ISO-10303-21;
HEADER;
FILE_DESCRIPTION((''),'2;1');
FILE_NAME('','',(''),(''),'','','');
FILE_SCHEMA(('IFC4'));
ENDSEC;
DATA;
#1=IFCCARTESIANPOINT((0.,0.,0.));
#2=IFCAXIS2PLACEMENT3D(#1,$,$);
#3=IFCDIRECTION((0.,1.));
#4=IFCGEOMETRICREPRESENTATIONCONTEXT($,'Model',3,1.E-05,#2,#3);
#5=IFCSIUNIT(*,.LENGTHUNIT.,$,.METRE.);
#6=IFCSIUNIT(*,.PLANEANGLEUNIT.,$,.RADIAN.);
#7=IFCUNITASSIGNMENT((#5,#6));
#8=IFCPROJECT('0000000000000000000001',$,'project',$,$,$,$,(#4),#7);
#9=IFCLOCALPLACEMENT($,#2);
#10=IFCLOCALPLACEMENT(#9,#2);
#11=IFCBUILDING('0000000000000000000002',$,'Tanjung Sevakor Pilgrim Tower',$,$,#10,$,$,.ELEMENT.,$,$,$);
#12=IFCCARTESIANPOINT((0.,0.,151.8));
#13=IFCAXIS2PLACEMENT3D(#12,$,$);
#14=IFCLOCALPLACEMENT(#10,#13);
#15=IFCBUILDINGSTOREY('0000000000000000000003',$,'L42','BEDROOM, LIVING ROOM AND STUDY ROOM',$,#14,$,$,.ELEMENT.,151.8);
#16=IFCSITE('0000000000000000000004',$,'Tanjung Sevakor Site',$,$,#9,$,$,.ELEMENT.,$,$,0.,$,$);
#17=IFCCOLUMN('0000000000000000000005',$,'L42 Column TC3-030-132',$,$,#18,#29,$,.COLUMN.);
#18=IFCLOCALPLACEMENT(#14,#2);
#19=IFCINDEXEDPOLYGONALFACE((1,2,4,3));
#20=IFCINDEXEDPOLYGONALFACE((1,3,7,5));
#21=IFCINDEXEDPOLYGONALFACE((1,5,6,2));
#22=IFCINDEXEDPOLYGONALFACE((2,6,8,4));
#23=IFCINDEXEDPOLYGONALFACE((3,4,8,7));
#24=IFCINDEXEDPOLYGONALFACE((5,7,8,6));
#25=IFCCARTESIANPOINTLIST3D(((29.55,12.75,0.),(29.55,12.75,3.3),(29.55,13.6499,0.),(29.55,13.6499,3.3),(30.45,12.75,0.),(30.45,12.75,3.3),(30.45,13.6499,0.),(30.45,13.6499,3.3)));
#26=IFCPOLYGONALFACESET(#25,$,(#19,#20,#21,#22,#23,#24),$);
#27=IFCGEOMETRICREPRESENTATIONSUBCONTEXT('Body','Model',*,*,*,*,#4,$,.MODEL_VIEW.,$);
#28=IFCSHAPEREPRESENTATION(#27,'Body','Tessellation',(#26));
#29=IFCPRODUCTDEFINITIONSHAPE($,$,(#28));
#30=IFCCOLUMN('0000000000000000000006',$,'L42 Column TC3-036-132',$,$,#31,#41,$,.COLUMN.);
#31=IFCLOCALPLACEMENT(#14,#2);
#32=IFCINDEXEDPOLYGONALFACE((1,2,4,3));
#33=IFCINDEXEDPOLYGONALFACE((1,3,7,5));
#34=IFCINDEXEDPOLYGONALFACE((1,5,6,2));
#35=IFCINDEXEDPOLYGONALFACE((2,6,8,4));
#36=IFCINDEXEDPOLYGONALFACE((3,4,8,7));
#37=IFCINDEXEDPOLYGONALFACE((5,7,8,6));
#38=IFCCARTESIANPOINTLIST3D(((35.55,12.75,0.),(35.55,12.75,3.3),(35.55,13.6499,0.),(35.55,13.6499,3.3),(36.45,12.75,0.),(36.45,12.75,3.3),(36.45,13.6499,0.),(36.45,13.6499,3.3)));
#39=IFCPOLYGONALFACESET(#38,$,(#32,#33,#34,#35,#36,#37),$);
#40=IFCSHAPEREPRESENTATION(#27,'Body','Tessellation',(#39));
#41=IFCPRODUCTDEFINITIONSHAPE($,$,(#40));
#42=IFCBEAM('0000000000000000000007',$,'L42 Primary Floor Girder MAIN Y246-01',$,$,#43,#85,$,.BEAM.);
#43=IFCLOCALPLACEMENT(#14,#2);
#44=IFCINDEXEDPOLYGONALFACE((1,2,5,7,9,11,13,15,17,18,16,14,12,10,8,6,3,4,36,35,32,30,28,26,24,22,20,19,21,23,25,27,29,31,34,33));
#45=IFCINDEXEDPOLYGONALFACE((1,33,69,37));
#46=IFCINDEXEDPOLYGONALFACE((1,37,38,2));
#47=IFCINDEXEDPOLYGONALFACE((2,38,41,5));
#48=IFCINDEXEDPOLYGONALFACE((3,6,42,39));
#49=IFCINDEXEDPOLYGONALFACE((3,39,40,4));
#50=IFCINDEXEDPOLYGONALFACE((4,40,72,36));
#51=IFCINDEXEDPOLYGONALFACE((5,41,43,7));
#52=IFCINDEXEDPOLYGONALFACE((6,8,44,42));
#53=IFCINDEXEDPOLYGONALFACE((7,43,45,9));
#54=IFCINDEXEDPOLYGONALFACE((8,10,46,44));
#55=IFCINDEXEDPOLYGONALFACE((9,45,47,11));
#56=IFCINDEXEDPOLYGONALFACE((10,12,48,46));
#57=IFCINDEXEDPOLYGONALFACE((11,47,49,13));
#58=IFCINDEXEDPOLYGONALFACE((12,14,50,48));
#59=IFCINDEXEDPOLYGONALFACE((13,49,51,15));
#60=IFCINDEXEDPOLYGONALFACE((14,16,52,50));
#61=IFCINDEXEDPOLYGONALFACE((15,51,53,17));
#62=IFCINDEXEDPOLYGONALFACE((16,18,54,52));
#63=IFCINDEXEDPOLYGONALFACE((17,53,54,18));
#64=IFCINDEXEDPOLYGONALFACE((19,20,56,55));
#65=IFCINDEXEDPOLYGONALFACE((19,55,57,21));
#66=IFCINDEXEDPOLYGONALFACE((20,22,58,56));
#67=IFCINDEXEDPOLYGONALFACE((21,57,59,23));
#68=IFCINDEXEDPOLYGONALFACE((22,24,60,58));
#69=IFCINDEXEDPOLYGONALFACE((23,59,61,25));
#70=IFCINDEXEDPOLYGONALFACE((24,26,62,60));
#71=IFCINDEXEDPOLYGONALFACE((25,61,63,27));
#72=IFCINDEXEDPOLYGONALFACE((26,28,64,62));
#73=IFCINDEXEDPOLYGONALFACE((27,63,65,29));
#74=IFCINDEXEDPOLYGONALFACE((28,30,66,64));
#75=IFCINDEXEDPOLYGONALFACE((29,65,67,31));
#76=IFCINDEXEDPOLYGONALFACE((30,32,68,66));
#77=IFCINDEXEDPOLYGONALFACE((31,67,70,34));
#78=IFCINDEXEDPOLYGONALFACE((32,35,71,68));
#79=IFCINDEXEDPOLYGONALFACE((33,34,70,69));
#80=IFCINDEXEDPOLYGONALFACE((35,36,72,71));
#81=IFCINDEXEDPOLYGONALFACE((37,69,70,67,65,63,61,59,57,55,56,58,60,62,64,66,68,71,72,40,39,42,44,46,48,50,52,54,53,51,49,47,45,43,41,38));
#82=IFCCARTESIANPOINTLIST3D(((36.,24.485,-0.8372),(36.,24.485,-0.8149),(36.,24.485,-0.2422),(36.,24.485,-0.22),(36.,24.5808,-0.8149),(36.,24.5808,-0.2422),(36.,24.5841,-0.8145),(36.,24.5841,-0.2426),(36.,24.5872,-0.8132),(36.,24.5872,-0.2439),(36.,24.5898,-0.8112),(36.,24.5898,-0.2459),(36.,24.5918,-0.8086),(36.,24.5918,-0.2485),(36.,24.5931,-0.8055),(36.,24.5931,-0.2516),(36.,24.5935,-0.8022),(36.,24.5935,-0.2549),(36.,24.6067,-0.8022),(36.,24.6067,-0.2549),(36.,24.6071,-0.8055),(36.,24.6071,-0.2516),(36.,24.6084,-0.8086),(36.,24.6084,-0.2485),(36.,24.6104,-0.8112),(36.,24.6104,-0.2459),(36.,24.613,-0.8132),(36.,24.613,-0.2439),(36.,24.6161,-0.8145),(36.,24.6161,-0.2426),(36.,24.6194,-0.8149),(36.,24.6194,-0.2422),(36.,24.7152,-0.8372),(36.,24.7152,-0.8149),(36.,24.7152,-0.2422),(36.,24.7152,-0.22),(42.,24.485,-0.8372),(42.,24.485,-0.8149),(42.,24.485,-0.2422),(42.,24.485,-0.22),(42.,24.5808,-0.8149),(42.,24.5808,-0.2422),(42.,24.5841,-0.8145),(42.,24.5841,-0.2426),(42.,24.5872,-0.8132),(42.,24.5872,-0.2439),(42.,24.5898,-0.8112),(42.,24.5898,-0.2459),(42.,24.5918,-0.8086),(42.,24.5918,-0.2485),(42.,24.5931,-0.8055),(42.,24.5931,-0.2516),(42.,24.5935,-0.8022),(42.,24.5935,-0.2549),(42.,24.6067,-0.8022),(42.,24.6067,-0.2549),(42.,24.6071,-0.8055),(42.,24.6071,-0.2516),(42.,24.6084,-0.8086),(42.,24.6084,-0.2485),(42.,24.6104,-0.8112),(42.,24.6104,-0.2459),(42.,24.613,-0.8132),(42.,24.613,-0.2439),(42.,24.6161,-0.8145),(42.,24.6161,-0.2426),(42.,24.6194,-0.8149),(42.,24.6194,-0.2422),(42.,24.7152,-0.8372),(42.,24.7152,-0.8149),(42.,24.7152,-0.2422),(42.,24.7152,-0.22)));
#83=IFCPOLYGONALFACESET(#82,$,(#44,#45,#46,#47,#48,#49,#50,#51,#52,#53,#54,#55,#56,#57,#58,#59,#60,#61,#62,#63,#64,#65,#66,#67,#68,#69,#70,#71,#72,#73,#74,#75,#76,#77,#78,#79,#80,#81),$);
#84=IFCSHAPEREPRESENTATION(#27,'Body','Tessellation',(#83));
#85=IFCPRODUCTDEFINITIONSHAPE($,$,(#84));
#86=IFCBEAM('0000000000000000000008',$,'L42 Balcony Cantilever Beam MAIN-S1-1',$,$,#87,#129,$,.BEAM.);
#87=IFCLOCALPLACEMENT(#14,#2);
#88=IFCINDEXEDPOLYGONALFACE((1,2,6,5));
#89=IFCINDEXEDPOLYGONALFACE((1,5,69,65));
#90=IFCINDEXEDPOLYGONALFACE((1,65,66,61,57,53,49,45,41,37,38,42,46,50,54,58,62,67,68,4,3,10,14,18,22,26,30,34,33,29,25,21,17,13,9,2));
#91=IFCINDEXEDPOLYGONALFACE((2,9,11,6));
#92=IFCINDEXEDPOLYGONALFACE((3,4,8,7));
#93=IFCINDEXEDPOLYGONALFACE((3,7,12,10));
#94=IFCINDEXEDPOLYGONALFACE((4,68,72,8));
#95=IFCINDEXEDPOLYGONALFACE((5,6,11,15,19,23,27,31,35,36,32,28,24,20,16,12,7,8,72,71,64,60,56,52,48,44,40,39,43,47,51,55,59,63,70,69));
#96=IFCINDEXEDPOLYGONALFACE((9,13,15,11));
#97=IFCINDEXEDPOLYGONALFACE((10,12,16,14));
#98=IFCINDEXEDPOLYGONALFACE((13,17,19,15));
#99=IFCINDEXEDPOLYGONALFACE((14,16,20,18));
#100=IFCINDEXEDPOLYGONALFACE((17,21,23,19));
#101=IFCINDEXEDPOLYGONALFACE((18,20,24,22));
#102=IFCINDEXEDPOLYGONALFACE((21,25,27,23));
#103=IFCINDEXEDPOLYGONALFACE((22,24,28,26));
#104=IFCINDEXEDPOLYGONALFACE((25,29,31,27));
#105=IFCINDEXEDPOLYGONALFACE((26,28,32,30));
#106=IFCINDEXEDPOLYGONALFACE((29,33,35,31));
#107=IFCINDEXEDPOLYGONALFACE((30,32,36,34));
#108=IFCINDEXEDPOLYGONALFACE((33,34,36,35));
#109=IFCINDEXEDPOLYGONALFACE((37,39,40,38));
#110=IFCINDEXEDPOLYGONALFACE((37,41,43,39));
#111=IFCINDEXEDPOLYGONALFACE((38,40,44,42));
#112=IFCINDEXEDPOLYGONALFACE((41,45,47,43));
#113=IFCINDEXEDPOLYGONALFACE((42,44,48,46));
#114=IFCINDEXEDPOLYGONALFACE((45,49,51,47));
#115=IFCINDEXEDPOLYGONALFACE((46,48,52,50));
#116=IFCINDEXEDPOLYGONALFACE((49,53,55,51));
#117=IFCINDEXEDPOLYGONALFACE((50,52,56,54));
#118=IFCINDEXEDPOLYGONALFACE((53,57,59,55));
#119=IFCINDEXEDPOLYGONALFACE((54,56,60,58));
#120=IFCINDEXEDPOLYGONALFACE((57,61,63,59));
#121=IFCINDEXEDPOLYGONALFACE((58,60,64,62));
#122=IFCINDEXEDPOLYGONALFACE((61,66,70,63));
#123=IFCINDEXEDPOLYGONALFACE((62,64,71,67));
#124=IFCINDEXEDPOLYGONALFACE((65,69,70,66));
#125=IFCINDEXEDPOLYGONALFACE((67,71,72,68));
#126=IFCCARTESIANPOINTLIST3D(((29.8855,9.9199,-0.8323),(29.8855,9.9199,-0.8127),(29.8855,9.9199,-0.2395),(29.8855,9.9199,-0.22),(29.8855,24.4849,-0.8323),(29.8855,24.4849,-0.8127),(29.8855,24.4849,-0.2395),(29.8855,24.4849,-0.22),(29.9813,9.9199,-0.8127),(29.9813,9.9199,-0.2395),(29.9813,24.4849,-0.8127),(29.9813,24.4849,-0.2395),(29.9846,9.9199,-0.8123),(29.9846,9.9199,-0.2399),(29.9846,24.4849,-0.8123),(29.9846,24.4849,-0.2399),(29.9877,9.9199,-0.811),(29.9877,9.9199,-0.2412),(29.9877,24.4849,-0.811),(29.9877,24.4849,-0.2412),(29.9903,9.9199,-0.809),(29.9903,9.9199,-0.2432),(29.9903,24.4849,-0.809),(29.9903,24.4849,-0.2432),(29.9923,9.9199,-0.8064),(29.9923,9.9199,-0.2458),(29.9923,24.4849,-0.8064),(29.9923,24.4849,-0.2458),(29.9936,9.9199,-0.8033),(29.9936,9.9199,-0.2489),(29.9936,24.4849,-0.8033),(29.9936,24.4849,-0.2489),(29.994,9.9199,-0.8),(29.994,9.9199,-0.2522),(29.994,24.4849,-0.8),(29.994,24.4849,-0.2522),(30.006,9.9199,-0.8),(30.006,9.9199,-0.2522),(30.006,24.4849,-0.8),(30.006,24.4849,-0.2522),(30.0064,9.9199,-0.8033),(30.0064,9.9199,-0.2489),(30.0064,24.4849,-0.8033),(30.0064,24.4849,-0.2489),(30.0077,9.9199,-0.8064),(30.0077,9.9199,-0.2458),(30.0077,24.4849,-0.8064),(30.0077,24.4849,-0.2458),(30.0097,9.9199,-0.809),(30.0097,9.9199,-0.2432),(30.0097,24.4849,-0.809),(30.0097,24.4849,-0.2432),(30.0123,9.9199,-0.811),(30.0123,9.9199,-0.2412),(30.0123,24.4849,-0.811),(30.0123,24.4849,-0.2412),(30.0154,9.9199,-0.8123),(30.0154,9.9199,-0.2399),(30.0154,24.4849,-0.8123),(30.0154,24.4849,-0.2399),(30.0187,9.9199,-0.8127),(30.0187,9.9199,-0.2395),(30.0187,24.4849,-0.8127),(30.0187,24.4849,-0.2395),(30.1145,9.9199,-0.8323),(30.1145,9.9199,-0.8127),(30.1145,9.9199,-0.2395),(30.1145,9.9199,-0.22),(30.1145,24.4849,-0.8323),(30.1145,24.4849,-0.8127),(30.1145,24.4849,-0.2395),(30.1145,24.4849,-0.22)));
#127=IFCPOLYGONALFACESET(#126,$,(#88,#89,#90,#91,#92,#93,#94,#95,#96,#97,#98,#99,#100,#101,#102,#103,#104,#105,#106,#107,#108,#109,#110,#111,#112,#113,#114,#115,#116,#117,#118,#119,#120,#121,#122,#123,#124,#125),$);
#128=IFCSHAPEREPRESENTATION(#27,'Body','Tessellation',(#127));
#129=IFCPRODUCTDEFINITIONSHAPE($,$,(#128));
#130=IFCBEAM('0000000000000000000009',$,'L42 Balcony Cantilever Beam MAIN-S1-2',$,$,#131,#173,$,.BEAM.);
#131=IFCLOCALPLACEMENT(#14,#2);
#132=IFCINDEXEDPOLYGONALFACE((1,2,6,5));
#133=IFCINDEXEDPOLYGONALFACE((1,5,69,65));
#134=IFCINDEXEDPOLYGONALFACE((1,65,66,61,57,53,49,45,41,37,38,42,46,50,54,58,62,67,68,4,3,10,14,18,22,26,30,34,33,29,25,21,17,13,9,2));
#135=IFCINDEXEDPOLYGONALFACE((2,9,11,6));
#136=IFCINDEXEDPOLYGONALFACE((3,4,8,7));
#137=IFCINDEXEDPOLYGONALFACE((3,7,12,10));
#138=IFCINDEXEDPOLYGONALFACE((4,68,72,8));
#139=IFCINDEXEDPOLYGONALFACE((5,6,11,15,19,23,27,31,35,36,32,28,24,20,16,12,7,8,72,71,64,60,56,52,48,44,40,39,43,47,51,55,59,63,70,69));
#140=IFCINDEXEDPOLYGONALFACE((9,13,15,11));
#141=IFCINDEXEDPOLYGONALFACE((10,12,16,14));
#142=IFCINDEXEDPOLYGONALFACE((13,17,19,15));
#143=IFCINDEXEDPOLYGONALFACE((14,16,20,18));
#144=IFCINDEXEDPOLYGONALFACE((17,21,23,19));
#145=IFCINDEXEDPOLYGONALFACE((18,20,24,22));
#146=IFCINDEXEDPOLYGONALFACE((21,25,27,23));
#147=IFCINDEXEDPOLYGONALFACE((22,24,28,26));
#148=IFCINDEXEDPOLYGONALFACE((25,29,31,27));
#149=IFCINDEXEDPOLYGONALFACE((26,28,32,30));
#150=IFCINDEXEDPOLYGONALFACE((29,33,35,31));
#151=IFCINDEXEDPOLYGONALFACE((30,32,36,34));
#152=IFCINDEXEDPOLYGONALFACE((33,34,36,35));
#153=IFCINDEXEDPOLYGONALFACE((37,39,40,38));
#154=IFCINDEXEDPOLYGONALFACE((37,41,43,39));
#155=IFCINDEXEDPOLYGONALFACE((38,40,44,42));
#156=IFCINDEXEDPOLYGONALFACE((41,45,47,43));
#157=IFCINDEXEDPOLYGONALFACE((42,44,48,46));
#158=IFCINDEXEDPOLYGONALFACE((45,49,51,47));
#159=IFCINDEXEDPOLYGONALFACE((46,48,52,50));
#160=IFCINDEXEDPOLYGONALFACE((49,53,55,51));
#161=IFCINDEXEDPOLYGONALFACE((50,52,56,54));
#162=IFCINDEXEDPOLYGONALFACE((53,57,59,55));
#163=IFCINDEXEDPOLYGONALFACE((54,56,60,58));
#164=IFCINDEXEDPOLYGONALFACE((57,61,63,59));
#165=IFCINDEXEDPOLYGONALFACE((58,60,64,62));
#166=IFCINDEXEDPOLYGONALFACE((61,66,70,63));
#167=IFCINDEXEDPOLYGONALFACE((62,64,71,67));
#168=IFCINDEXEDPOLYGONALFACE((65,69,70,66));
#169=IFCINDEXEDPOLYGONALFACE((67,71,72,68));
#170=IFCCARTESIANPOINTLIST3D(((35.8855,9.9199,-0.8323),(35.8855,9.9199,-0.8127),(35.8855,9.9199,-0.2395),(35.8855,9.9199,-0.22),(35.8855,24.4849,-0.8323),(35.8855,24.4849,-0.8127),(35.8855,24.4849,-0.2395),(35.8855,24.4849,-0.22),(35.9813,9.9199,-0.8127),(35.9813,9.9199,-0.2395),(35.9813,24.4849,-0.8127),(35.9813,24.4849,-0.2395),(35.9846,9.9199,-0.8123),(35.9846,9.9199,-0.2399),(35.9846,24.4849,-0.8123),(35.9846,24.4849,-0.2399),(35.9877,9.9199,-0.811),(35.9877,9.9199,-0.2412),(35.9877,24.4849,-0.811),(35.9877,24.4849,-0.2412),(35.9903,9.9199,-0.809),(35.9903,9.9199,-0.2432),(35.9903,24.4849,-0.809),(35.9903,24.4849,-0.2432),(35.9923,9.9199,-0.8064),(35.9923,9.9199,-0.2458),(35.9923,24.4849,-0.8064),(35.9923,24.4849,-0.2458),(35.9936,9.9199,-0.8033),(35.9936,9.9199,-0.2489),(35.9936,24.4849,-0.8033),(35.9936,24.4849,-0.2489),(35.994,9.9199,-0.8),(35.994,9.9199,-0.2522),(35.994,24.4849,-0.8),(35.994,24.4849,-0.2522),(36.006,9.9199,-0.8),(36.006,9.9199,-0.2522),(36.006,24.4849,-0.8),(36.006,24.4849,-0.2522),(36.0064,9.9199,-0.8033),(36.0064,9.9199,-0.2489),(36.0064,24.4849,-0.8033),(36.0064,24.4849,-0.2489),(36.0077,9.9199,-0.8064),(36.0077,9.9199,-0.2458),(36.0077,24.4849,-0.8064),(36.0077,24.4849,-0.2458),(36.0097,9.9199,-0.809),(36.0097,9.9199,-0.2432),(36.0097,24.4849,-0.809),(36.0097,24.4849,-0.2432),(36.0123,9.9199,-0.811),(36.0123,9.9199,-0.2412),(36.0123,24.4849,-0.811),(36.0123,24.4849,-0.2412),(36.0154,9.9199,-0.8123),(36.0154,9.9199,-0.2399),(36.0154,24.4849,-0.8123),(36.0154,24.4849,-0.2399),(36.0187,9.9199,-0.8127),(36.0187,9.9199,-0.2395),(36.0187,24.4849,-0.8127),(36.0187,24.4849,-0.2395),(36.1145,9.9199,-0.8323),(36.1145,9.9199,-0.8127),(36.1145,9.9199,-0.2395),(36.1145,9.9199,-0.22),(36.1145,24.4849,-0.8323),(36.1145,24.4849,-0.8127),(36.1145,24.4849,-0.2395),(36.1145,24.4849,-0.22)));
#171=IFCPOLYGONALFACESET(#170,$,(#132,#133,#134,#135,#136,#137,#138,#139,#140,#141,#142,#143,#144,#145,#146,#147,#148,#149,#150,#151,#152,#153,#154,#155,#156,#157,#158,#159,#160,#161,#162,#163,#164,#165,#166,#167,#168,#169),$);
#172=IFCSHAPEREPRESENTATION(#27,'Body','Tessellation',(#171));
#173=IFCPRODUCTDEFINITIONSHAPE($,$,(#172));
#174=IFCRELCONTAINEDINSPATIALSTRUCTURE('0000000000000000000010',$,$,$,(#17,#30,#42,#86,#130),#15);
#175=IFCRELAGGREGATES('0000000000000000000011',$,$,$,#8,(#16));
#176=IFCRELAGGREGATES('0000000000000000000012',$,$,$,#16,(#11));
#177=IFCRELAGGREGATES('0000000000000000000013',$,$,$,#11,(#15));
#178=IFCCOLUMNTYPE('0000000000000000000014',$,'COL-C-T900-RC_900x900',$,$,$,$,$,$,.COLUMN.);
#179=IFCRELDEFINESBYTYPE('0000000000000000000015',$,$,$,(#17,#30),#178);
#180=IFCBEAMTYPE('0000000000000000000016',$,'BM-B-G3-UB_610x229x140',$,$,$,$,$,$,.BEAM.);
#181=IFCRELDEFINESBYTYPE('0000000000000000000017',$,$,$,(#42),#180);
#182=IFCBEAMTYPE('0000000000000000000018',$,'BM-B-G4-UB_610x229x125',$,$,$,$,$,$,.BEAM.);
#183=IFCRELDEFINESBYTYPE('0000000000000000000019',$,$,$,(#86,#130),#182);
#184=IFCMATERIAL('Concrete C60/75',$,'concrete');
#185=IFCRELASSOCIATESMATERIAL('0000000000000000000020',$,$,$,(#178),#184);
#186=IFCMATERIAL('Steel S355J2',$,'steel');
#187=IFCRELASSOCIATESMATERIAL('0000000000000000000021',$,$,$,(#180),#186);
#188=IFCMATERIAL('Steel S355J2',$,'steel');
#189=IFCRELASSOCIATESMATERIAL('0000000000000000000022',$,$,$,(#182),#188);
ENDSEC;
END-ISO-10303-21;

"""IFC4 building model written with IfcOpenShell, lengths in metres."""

from ifc_helpers import new_model, si_unit, direction, frame, origin, origin_2d, place, context, subcontext, project, spatial, rectangle, i_section, extrude, material, material_profile, profile_set, type_object, element, save


model = new_model("IFC4")

# Units and contexts
model_context = context("Model", 3, precision=1e-05, world=origin(), true_north=direction((0.0, 1.0)))
body_context = subcontext(model_context, "Body", "Model", "MODEL_VIEW")
ifc_project = project(units=[si_unit("LENGTHUNIT", "METRE"), si_unit("PLANEANGLEUNIT", "RADIAN")], contexts=[model_context])

# Site, building, storey
site_placement = place(None, origin())
site = spatial("IfcSite", under=ifc_project, at=site_placement, Name="Tanjung Sevakor Site", CompositionType="ELEMENT", RefElevation=0.0)
building_placement = place(site_placement, origin())
building = spatial("IfcBuilding", under=site, at=building_placement, Name="Tanjung Sevakor Pilgrim Tower", CompositionType="ELEMENT")
storey_placement = place(building_placement, frame((0.0, 0.0, 151.8)))
storey = spatial("IfcBuildingStorey", under=building, at=storey_placement, Name="L42", Description="BEDROOM, LIVING ROOM AND STUDY ROOM", CompositionType="ELEMENT", Elevation=151.8)

# Columns
ifc_material_1 = material(Name="Concrete C60/75", Category="concrete")
ifc_material_profile_1 = material_profile(ifc_material_1, rectangle(XDim=0.8999, YDim=0.8999, at=origin_2d()))
ifc_profile_set_1 = profile_set([ifc_material_profile_1], Name="Concrete C60/75")
column_type = type_object("IfcColumnType", Name="COL-C-T900-RC_900x900", PredefinedType="COLUMN", material=ifc_profile_set_1)
for number, where, z_axis, x_axis, name in (
    (1, (30.0, 13.2, 0.0), (0.0, 0.0, 1.0), (1.0, 0.0, 0.0), "L42 Column TC3-030-132"),
    (2, (36.0, 13.2, 0.0), (0.0, 0.0, 1.0), (1.0, 0.0, 0.0), "L42 Column TC3-036-132"),
):
    element("IfcColumn", number, at=place(storey_placement, frame(where, z_axis=z_axis, x_axis=x_axis)), inside=storey, type_object=column_type, Name=name, PredefinedType="COLUMN", context=body_context, shape_type="SweptSolid", body=[
        extrude(rectangle(XDim=0.8999, YDim=0.8999, at=origin_2d()), origin(), (0.0, 0.0, 1.0), 3.3),
    ])

# Beams
ifc_material_2 = material(Name="Steel S355J2", Category="steel")
ifc_material_profile_2 = material_profile(ifc_material_2, i_section(OverallWidth=0.2302, OverallDepth=0.6172, WebThickness=0.0132, FlangeThickness=0.0222, FilletRadius=0.0127, at=origin_2d()))
ifc_profile_set_2 = profile_set([ifc_material_profile_2], Name="Steel S355J2")
beam_type_1 = type_object("IfcBeamType", Name="BM-B-G3-UB_610x229x140", PredefinedType="BEAM", material=ifc_profile_set_2)
beam_1_placement = place(storey_placement, frame((36.0, 24.6001, -0.5286), z_axis=(1.0, 0.0, 0.0), x_axis=(0.0, 1.0, 0.0)))
element("IfcBeam", 3, at=beam_1_placement, inside=storey, type_object=beam_type_1, Name="L42 Primary Floor Girder MAIN Y246-01", PredefinedType="BEAM", context=body_context, shape_type="SweptSolid", body=[
    extrude(i_section(OverallWidth=0.2302, OverallDepth=0.6172, WebThickness=0.0132, FlangeThickness=0.0222, FilletRadius=0.0127, at=origin_2d()), origin(), (0.0, 0.0, 1.0), 6.0),
])
ifc_material_3 = material(Name="Steel S355J2", Category="steel")
ifc_material_profile_3 = material_profile(ifc_material_3, i_section(OverallWidth=0.229, OverallDepth=0.6123, WebThickness=0.012, FlangeThickness=0.0195, FilletRadius=0.0127, at=origin_2d()))
ifc_profile_set_3 = profile_set([ifc_material_profile_3], Name="Steel S355J2")
beam_type_2 = type_object("IfcBeamType", Name="BM-B-G4-UB_610x229x125", PredefinedType="BEAM", material=ifc_profile_set_3)
for number, where, z_axis, x_axis, name in (
    (4, (30.0, 24.4849, -0.5261), (0.0, -1.0, 0.0), (1.0, 0.0, 0.0), "L42 Balcony Cantilever Beam MAIN-S1-1"),
    (5, (36.0, 24.4849, -0.5261), (0.0, -1.0, 0.0), (1.0, 0.0, 0.0), "L42 Balcony Cantilever Beam MAIN-S1-2"),
):
    element("IfcBeam", number, at=place(storey_placement, frame(where, z_axis=z_axis, x_axis=x_axis)), inside=storey, type_object=beam_type_2, Name=name, PredefinedType="BEAM", context=body_context, shape_type="SweptSolid", body=[
        extrude(i_section(OverallWidth=0.229, OverallDepth=0.6123, WebThickness=0.012, FlangeThickness=0.0195, FilletRadius=0.0127, at=origin_2d()), origin(), (0.0, 0.0, 1.0), 14.5649),
    ])

save(model, "model.ifc")
